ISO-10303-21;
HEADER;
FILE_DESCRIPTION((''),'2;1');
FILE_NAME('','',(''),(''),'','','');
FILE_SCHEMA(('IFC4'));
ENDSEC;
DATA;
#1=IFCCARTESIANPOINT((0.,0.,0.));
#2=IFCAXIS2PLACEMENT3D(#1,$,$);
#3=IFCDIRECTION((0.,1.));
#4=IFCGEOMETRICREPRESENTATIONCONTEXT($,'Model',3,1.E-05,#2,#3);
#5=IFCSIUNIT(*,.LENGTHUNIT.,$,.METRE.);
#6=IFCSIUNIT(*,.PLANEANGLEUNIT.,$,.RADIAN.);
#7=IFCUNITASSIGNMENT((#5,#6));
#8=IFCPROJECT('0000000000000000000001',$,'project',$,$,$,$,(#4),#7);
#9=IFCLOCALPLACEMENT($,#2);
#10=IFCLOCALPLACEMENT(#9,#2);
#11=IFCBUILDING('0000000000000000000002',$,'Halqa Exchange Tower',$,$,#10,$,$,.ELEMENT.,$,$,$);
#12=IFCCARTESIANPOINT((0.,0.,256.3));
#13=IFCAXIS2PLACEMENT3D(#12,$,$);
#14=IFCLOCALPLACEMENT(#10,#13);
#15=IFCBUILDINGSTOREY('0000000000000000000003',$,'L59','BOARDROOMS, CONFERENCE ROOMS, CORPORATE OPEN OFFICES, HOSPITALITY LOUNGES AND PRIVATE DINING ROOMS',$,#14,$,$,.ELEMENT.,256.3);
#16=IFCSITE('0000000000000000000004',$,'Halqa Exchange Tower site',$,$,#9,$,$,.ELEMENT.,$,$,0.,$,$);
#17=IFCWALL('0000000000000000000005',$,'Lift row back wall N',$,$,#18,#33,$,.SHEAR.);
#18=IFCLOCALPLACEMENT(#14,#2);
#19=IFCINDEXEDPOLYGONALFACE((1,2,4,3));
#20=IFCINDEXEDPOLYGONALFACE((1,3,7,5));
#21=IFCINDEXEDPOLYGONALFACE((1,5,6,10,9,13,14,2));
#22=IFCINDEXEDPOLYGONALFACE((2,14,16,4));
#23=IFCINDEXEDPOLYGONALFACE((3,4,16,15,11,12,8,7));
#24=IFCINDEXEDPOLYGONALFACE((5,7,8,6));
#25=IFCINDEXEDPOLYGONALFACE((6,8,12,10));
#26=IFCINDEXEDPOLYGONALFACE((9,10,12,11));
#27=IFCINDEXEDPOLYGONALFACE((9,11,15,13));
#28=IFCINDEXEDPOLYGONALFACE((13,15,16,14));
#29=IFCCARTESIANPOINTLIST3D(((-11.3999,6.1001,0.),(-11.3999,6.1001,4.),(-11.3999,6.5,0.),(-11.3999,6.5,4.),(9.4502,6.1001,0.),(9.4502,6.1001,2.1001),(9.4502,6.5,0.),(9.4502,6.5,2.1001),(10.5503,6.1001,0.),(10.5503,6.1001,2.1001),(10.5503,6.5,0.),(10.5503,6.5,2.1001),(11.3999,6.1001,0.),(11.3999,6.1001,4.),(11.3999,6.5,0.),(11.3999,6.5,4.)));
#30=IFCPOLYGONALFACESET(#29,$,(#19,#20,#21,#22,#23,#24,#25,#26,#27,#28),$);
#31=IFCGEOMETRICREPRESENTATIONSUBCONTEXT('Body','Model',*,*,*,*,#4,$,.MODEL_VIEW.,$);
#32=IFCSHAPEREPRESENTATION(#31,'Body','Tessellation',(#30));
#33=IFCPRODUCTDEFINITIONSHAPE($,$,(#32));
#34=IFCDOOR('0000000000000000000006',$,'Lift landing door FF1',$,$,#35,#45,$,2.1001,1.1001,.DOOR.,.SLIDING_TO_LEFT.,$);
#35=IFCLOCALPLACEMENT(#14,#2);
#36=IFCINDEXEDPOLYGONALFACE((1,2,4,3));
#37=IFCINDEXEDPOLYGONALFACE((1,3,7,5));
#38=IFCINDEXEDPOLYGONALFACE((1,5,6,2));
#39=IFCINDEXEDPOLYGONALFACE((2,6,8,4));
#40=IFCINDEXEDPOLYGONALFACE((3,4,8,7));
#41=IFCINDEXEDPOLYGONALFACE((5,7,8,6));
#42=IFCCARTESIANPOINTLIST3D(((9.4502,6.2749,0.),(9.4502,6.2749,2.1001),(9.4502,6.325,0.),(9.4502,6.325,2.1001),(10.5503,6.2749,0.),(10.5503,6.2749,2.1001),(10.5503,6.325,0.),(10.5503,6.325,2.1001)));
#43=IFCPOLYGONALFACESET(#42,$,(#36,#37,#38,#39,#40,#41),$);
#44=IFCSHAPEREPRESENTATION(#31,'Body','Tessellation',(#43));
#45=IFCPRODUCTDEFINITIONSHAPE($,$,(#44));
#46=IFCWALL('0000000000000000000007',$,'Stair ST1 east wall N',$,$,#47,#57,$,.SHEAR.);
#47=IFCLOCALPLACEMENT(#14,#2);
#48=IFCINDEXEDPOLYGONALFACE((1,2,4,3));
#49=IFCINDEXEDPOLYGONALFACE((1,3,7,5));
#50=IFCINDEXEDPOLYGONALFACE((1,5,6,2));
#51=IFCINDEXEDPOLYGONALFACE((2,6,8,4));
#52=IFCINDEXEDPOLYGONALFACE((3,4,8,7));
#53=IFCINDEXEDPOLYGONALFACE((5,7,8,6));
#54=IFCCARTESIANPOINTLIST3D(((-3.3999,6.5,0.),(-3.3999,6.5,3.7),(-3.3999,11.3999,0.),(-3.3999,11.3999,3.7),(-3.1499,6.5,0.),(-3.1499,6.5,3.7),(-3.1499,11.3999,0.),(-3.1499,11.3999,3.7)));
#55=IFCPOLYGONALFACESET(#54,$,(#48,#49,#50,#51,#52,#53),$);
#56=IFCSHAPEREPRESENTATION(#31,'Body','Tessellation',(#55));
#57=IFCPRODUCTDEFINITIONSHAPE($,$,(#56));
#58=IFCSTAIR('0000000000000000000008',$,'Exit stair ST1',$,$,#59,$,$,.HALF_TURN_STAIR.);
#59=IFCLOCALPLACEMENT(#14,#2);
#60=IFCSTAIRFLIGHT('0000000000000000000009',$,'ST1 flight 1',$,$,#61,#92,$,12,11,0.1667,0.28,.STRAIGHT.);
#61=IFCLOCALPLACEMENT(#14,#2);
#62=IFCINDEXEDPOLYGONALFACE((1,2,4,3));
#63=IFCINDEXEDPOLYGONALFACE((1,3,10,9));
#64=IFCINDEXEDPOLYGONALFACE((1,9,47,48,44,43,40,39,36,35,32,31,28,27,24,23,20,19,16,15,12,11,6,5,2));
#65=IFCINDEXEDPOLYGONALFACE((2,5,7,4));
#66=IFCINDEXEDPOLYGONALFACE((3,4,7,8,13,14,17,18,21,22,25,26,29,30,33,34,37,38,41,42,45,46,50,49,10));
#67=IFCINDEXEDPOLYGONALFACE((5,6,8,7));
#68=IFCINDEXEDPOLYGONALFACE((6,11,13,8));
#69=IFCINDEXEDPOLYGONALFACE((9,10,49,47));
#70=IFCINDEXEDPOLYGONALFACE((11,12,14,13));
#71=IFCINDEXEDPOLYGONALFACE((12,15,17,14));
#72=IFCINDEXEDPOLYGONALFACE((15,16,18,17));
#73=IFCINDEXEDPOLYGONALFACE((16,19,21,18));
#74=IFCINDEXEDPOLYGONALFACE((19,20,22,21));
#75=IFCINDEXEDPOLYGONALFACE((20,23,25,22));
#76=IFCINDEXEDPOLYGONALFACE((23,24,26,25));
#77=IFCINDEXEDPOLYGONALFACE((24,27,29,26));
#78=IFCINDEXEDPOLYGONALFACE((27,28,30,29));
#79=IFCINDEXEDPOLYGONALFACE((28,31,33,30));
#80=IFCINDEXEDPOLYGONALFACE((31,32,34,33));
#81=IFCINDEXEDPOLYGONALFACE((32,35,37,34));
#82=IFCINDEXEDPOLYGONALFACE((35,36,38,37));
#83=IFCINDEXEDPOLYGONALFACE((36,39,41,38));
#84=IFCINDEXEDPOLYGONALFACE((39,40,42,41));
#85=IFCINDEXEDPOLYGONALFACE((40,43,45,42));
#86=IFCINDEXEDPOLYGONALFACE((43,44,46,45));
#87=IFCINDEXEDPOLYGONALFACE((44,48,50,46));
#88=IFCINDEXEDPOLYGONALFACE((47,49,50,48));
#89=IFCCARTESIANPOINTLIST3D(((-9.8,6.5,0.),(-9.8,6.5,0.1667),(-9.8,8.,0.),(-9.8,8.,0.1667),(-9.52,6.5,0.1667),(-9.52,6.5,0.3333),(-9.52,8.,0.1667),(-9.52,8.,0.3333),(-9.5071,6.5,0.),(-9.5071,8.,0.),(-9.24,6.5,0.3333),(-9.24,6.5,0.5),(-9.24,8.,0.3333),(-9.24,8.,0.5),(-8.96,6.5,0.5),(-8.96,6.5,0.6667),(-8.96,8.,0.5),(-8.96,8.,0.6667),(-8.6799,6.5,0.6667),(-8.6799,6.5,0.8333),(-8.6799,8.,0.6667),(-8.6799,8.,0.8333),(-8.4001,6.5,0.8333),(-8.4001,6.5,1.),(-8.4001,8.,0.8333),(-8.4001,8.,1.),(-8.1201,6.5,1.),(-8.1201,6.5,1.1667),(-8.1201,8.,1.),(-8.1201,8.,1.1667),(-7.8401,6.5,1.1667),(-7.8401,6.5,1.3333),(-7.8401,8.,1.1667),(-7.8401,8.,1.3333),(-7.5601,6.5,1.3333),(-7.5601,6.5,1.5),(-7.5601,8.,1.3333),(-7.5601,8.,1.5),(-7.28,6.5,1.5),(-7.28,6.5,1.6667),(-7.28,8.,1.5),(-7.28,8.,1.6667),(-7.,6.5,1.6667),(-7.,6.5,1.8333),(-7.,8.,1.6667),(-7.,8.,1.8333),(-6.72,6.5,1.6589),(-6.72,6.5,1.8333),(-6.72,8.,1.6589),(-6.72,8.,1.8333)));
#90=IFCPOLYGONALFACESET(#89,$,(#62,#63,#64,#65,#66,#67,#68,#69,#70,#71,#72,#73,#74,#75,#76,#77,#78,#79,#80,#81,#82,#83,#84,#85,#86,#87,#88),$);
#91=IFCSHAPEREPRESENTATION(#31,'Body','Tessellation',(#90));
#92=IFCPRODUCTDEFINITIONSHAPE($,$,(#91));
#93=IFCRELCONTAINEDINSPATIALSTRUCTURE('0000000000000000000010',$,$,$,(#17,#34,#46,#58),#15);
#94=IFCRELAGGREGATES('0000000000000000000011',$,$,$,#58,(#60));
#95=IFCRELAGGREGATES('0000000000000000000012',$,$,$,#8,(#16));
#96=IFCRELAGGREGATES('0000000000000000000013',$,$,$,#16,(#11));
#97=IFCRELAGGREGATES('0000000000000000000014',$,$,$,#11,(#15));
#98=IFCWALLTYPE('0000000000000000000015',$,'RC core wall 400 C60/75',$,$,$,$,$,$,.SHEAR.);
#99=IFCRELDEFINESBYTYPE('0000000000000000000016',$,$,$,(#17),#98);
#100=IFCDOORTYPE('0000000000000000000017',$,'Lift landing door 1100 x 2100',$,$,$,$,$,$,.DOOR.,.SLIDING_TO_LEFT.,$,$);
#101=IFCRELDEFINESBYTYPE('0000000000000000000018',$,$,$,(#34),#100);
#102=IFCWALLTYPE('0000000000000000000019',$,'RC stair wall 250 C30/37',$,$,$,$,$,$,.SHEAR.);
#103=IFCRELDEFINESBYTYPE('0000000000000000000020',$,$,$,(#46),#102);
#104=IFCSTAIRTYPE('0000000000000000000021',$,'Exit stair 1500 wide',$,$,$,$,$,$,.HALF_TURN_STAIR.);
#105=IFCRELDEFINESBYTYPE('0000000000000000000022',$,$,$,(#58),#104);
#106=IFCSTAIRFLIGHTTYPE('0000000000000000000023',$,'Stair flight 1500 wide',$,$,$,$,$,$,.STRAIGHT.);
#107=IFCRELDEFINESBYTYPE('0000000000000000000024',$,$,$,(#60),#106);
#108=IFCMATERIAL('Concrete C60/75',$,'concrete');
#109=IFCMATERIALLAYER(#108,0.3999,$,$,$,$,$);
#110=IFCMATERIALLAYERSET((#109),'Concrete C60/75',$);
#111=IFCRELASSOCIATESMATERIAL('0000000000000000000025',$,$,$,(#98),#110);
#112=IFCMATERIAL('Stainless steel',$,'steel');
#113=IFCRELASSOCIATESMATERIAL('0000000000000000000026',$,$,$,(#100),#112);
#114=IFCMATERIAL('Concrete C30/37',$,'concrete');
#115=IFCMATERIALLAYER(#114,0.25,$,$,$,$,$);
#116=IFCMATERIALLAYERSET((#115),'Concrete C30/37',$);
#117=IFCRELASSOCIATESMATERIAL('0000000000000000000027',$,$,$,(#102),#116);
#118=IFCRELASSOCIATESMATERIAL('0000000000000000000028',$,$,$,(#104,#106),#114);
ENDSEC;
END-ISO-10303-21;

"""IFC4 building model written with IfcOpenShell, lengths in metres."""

from ifc_helpers import new_model, si_unit, direction, frame, frame_2d, origin, place, context, subcontext, project, spatial, polyline, rectangle, outline, extrude, material, layer, layer_set, type_object, element, fill, aggregate, save


model = new_model("IFC4")

# Units and contexts
model_context = context("Model", 3, precision=1e-05, world=origin(), true_north=direction((0.0, 1.0)))
body_context = subcontext(model_context, "Body", "Model", "MODEL_VIEW")
ifc_project = project(units=[si_unit("LENGTHUNIT", "METRE"), si_unit("PLANEANGLEUNIT", "RADIAN")], contexts=[model_context])

# Site, building, storey
site_placement = place(None, origin())
site = spatial("IfcSite", under=ifc_project, at=site_placement, Name="Halqa Exchange Tower site", CompositionType="ELEMENT", RefElevation=0.0)
building_placement = place(site_placement, origin())
building = spatial("IfcBuilding", under=site, at=building_placement, Name="Halqa Exchange Tower", CompositionType="ELEMENT")
storey_placement = place(building_placement, frame((0.0, 0.0, 256.3)))
storey = spatial("IfcBuildingStorey", under=building, at=storey_placement, Name="L59", Description="BOARDROOMS, CONFERENCE ROOMS, CORPORATE OPEN OFFICES, HOSPITALITY LOUNGES AND PRIVATE DINING ROOMS", CompositionType="ELEMENT", Elevation=256.3)

# Shared definitions
ifc_material_1 = material(Name="Concrete C60/75", Category="concrete")

# Shared definitions
ifc_layer_1 = layer(ifc_material_1, 0.3999)
ifc_layer_set_1 = layer_set([ifc_layer_1], Name="Concrete C60/75")
wall_type_1 = type_object("IfcWallType", Name="RC core wall 400 C60/75", PredefinedType="SHEAR", material=ifc_layer_set_1)
ifc_material_2 = material(Name="Stainless steel", Category="steel")
door_type_1 = type_object("IfcDoorType", Name="Lift landing door 1100 x 2100", OperationType="SLIDING_TO_LEFT", PredefinedType="DOOR", material=ifc_material_2)

# Wall, opening, door
wall_1_placement = place(storey_placement, frame((-11.3999, 6.3, 0.0), z_axis=(0.0, 0.0, 1.0), x_axis=(1.0, 0.0, 0.0)))
wall_1 = element("IfcWall", 1, at=wall_1_placement, inside=storey, type_object=wall_type_1, Name="Lift row back wall N", PredefinedType="SHEAR", context=body_context, shape_type="SweptSolid", body=[
    extrude(rectangle(XDim=22.7998, YDim=0.3999, at=frame_2d((11.3999, 0.0))), origin(), (0.0, 0.0, 1.0), 4.0),
])
opening_1_placement = place(wall_1_placement, frame((20.8501, 0.0, 0.0)))
opening_1 = element("IfcOpeningElement", 2, at=opening_1_placement, cuts=wall_1, PredefinedType="OPENING", context=body_context, shape_type="SweptSolid", body=[
    extrude(rectangle(XDim=1.1001, YDim=2.1001, at=frame_2d((0.55, 1.05))), frame((0.0, 0.2119, 0.0), z_axis=(0.0, -1.0, 0.0), x_axis=(1.0, 0.0, 0.0)), (0.0, 0.0, 1.0), 0.4238),
])
door_1_placement = place(opening_1_placement, origin())
door_1 = element("IfcDoor", 3, at=door_1_placement, inside=storey, type_object=door_type_1, Name="Lift landing door FF1", OperationType="SLIDING_TO_LEFT", OverallHeight=2.1001, OverallWidth=1.1001, PredefinedType="DOOR", context=body_context, shape_type="SweptSolid", body=[
    extrude(rectangle(XDim=1.1001, YDim=2.1001, at=frame_2d((0.55, 1.05))), frame((0.0, 0.0249, 0.0), z_axis=(0.0, -1.0, 0.0), x_axis=(1.0, 0.0, 0.0)), (0.0, 0.0, 1.0), 0.05),
])
fill(opening_1, door_1)

# Wall
ifc_material_3 = material(Name="Concrete C30/37", Category="concrete")
ifc_layer_2 = layer(ifc_material_3, 0.25)
ifc_layer_set_2 = layer_set([ifc_layer_2], Name="Concrete C30/37")
wall_type_2 = type_object("IfcWallType", Name="RC stair wall 250 C30/37", PredefinedType="SHEAR", material=ifc_layer_set_2)
wall_2_placement = place(storey_placement, frame((-3.2749, 6.5, 0.0), z_axis=(0.0, 0.0, 1.0), x_axis=(0.0, 1.0, 0.0)))
element("IfcWall", 4, at=wall_2_placement, inside=storey, type_object=wall_type_2, Name="Stair ST1 east wall N", PredefinedType="SHEAR", context=body_context, shape_type="SweptSolid", body=[
    extrude(rectangle(XDim=4.8999, YDim=0.25, at=frame_2d((2.45, 0.0))), origin(), (0.0, 0.0, 1.0), 3.7),
])

# Stair, stair flight
stair_type = type_object("IfcStairType", Name="Exit stair 1500 wide", PredefinedType="HALF_TURN_STAIR", material=ifc_material_3)
stair_placement = place(storey_placement, origin())
stair = element("IfcStair", 5, at=stair_placement, inside=storey, type_object=stair_type, Name="Exit stair ST1", PredefinedType="HALF_TURN_STAIR")
stair_flight_type = type_object("IfcStairFlightType", Name="Stair flight 1500 wide", PredefinedType="STRAIGHT", material=ifc_material_3)
stair_flight_placement = place(storey_placement, frame((-9.8, 7.25, 0.0), z_axis=(0.0, 0.0, 1.0), x_axis=(1.0, 0.0, 0.0)))
stair_flight = element("IfcStairFlight", 6, at=stair_flight_placement, type_object=stair_flight_type, Name="ST1 flight 1", NumberOfRisers=12, NumberOfTreads=11, PredefinedType="STRAIGHT", RiserHeight=0.1667, TreadLength=0.28, context=body_context, shape_type="SweptSolid", body=[
    extrude(outline(polyline([(0.0, 0.0), (0.0, 0.1667), (0.28, 0.1667), (0.28, 0.3333), (0.5601, 0.3333), (0.5601, 0.5), (0.8401, 0.5), (0.8401, 0.6667), (1.1201, 0.6667), (1.1201, 0.8333), (1.3999, 0.8333), (1.3999, 1.0), (1.6799, 1.0), (1.6799, 1.1667), (1.96, 1.1667), (1.96, 1.3333), (2.24, 1.3333), (2.24, 1.5), (2.52, 1.5), (2.52, 1.6667), (2.8, 1.6667), (2.8, 1.8333), (3.0801, 1.8333), (3.0801, 2.0), (3.0801, 1.6589), (0.293, 0.0), (0.0, 0.0)])), frame((0.0, 0.75, 0.0), z_axis=(0.0, -1.0, 0.0), x_axis=(1.0, 0.0, 0.0)), (0.0, 0.0, 1.0), 1.5),
])
aggregate(stair, [stair_flight])

save(model, "model.ifc")
